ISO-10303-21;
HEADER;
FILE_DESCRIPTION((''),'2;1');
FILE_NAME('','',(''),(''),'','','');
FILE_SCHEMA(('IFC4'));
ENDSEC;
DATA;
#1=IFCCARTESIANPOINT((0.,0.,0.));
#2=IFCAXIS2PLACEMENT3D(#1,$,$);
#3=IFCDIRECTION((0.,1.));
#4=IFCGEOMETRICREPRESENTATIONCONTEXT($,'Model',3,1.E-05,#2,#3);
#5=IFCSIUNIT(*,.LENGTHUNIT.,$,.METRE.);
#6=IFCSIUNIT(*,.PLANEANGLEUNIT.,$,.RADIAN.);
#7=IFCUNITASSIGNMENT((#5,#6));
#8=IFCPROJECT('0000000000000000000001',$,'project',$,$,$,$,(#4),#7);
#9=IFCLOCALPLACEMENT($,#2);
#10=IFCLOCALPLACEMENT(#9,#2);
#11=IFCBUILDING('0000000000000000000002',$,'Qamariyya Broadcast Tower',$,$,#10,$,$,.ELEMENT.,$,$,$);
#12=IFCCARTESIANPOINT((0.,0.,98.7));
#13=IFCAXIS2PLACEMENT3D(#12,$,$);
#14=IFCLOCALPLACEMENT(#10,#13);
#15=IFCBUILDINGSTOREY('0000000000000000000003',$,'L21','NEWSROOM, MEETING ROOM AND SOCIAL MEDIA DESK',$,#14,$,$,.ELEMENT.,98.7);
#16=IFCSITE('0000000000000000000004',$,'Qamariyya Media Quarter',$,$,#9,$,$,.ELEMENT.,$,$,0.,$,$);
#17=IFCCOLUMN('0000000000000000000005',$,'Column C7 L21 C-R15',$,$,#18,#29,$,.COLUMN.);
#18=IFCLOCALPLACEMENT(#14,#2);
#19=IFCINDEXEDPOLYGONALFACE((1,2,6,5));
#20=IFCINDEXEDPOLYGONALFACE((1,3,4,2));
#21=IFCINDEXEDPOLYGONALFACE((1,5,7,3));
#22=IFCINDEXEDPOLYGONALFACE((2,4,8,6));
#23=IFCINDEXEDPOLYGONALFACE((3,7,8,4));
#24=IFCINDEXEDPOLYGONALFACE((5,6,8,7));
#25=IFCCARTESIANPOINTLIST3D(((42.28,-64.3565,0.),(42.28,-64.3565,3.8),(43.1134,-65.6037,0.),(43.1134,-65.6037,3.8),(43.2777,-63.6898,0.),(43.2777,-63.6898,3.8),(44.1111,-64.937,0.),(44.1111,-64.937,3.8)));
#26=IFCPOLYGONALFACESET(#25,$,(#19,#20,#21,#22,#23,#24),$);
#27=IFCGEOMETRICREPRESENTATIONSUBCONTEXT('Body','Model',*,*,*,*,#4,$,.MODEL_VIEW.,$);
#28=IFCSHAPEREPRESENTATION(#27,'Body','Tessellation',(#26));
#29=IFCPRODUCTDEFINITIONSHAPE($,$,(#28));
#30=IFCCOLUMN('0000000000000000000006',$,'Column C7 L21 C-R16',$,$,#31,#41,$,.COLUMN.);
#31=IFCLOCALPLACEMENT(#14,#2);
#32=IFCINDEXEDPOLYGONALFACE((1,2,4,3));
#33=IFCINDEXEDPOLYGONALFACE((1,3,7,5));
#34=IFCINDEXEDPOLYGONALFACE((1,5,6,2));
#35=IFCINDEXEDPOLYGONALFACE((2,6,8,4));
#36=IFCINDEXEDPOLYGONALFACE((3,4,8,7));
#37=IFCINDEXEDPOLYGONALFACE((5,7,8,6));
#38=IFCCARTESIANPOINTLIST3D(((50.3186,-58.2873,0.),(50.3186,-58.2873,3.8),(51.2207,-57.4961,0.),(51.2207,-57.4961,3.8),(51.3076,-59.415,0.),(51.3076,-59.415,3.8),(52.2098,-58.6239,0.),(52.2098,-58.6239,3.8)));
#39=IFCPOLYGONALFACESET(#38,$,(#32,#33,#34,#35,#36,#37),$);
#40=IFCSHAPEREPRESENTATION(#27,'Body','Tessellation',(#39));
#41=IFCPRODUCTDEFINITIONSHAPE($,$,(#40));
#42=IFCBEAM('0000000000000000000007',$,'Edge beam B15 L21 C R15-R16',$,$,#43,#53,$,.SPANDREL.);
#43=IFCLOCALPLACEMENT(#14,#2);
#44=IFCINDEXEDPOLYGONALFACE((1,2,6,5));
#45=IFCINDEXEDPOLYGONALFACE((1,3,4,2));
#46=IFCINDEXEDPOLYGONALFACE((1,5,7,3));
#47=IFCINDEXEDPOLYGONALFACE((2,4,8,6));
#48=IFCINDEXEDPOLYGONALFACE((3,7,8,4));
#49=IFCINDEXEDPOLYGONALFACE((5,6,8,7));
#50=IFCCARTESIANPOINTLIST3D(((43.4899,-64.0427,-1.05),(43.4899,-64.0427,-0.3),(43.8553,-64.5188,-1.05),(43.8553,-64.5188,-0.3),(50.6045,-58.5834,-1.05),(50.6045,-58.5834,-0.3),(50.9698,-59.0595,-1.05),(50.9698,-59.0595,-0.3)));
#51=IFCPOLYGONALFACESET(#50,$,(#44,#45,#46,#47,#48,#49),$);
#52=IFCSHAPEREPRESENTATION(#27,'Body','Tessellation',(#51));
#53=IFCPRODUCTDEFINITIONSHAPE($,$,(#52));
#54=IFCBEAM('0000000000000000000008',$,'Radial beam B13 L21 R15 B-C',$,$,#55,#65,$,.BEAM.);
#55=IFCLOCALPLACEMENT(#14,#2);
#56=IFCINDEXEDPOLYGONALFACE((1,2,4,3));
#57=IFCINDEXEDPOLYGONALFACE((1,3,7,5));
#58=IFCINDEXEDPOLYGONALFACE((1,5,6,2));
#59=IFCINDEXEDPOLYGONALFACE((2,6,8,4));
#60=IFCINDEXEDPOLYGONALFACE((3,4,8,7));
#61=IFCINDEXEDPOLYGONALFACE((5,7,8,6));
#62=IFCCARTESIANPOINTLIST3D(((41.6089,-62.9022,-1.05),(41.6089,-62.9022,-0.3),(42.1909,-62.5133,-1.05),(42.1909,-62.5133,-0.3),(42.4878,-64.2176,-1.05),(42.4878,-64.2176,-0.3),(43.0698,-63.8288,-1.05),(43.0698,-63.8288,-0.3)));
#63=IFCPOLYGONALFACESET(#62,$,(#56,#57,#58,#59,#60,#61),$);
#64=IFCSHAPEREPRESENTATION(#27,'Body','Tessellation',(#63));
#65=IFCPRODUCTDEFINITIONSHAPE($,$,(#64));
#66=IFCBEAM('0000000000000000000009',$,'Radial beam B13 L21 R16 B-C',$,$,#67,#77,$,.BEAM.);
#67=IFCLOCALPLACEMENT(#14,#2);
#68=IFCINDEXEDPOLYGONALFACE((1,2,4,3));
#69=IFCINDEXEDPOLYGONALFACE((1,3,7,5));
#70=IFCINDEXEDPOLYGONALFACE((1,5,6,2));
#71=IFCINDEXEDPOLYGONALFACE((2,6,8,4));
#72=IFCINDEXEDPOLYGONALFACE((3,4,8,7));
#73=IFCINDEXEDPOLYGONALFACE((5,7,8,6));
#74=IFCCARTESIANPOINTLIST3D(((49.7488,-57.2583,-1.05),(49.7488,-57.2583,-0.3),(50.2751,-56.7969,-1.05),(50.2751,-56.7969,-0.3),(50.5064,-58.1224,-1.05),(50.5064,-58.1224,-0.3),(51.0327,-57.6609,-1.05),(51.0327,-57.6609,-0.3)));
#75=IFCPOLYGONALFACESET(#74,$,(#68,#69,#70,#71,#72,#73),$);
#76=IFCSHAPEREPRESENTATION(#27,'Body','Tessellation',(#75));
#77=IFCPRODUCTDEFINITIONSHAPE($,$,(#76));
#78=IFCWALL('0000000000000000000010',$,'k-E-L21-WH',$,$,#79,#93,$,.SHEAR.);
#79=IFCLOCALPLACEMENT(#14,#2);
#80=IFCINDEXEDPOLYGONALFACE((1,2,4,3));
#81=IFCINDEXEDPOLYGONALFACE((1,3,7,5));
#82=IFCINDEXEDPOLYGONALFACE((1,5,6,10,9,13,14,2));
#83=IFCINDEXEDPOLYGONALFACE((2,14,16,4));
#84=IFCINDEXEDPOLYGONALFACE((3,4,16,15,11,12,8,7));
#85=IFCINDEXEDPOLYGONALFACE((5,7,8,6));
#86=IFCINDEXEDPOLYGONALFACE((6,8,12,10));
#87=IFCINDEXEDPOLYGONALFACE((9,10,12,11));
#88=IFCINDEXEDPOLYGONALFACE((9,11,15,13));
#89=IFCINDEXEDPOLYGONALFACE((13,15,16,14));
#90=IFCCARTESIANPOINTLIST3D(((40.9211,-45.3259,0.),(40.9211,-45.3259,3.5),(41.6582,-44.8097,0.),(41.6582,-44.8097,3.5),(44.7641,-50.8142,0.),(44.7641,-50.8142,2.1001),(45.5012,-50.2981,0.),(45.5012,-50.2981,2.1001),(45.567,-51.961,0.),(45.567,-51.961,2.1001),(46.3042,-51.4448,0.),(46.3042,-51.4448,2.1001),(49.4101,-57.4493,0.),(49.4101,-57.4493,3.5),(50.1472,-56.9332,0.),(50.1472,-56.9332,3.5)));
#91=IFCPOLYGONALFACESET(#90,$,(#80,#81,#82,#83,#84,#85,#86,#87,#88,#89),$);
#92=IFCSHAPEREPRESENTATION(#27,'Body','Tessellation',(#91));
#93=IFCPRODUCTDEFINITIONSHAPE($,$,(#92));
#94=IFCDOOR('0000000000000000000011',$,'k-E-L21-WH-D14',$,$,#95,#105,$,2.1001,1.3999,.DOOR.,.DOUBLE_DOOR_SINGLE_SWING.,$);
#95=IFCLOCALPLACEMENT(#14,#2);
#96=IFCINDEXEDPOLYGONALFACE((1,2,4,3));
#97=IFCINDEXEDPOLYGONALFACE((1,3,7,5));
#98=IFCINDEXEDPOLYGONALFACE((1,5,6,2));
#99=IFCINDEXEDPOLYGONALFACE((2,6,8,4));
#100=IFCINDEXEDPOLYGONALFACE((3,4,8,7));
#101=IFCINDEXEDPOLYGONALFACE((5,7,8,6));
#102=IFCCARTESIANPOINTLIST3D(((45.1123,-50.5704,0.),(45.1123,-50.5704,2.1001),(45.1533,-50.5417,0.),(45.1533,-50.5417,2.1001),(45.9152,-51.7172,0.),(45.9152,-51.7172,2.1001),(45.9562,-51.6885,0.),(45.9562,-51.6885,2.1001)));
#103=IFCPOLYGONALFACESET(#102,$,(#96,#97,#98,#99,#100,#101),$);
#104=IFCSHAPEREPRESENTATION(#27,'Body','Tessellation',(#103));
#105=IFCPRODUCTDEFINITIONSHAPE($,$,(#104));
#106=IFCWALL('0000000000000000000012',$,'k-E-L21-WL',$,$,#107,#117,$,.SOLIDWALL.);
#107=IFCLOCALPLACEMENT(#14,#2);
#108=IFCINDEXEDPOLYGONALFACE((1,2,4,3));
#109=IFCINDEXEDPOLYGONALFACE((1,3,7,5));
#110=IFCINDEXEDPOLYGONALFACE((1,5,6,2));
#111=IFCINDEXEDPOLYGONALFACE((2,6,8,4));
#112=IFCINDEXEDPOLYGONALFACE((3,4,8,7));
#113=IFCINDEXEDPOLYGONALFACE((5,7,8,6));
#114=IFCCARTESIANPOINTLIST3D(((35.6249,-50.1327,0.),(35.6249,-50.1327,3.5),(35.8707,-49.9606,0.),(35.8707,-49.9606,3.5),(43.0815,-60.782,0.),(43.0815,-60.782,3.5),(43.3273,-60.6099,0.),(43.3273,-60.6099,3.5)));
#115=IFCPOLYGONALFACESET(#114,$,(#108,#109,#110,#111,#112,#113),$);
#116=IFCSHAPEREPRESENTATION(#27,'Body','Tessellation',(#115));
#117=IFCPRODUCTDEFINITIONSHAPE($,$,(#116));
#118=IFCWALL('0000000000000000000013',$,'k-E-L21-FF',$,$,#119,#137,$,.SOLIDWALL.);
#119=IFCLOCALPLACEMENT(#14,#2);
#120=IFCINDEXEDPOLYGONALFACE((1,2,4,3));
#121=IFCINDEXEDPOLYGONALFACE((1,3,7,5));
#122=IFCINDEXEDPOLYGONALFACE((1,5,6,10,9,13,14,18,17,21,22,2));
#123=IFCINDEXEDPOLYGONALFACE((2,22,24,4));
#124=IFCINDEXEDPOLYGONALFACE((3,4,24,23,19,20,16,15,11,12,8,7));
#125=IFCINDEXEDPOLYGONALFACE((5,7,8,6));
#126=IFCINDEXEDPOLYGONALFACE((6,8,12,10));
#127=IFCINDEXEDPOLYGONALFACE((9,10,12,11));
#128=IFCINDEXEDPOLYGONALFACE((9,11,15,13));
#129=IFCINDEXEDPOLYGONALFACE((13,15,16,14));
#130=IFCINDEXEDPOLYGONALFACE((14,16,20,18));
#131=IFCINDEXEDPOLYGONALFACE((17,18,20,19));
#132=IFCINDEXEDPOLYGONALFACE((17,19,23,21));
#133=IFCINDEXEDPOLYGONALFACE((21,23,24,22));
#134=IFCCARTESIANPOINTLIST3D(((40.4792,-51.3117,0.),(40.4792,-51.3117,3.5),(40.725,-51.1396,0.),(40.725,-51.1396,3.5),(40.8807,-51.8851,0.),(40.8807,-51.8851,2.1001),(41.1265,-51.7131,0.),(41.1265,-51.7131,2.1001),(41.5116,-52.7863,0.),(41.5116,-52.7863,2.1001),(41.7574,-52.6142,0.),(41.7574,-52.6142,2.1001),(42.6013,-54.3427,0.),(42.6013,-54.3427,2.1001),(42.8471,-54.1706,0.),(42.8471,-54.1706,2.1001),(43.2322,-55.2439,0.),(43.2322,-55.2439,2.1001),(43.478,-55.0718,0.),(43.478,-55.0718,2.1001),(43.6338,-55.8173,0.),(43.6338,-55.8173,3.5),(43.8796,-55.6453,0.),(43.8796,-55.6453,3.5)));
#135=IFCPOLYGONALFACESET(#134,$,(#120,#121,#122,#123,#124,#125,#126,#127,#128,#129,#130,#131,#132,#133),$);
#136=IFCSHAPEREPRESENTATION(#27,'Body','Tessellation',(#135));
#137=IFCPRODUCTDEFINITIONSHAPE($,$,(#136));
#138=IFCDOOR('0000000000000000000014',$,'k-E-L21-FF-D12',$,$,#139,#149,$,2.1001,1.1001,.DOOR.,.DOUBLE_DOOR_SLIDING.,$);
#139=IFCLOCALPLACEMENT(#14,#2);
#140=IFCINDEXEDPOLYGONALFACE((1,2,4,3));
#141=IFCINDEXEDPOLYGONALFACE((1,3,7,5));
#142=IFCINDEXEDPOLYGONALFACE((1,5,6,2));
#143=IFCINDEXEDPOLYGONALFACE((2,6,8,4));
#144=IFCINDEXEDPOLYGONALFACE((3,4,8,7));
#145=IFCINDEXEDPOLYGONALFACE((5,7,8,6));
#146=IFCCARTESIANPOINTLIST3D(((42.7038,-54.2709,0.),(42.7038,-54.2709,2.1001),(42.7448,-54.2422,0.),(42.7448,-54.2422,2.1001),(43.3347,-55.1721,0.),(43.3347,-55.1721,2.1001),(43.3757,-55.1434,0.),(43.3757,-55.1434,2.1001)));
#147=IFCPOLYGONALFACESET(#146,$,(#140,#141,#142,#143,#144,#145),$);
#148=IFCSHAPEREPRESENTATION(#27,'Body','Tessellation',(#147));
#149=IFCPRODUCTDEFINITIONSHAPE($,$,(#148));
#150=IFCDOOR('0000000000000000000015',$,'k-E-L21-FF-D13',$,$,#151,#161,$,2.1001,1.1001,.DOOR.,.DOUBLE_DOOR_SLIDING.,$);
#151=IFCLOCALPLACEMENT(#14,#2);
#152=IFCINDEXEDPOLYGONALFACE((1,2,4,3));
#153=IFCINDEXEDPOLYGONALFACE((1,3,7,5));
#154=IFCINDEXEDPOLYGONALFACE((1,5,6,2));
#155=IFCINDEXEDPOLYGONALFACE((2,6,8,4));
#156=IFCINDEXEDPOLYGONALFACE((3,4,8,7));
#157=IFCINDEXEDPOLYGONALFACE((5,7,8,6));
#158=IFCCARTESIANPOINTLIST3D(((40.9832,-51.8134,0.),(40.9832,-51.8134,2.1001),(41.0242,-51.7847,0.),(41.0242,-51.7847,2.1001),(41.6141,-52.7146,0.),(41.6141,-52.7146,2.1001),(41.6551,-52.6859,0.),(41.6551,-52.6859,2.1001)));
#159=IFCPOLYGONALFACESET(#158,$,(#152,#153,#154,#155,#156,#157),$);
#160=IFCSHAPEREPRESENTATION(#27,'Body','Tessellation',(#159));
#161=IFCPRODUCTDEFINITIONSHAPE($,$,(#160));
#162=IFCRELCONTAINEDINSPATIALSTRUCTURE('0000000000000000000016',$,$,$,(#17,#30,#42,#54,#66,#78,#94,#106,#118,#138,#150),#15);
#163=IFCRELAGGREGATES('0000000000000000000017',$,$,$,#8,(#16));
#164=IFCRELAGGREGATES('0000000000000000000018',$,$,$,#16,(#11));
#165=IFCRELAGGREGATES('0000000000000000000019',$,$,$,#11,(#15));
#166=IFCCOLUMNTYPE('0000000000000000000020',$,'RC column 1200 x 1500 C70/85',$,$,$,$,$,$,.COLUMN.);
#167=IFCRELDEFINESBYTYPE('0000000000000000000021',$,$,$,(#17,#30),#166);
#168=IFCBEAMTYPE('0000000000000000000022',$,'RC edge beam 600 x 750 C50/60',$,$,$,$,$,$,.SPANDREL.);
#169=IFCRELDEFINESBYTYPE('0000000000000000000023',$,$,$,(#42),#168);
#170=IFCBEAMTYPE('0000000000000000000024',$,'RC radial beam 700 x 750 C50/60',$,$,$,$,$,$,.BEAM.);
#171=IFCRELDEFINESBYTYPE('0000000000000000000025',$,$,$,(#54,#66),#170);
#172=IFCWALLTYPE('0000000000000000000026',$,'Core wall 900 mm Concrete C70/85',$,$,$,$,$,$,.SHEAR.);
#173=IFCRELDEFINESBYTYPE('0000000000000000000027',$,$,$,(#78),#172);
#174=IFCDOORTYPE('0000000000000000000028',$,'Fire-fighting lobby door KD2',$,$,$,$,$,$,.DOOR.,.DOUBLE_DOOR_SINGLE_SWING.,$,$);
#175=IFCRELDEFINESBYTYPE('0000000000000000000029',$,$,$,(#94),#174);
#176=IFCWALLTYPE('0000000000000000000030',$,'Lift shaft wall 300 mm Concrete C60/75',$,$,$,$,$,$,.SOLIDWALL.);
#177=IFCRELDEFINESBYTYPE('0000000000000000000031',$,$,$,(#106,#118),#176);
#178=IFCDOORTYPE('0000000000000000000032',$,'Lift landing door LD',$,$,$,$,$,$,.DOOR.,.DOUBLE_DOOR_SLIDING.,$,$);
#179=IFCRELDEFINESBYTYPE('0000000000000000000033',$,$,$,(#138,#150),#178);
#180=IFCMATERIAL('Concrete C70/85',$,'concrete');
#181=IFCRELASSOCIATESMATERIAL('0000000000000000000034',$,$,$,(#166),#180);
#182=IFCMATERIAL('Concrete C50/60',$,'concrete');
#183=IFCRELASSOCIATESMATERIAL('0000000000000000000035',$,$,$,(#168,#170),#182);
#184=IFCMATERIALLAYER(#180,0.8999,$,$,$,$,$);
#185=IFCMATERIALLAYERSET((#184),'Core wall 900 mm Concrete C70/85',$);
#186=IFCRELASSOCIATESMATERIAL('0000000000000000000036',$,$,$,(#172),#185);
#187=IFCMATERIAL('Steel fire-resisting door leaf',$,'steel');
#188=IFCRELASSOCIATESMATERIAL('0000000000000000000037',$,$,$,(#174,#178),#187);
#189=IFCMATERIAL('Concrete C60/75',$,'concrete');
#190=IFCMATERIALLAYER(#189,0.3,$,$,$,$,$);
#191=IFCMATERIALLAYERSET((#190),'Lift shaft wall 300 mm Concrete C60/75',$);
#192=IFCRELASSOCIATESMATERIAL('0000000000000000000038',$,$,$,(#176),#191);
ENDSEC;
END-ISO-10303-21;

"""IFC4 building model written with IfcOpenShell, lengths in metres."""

from ifc_helpers import new_model, si_unit, direction, frame, frame_2d, origin, origin_2d, place, context, subcontext, project, spatial, rectangle, extrude, material, layer, layer_set, material_profile, profile_set, type_object, element, fill, save


model = new_model("IFC4")

# Units and contexts
model_context = context("Model", 3, precision=1e-05, world=origin(), true_north=direction((0.0, 1.0)))
body_context = subcontext(model_context, "Body", "Model", "MODEL_VIEW")
ifc_project = project(units=[si_unit("LENGTHUNIT", "METRE"), si_unit("PLANEANGLEUNIT", "RADIAN")], contexts=[model_context])

# Site, building, storey
site_placement = place(None, origin())
site = spatial("IfcSite", under=ifc_project, at=site_placement, Name="Qamariyya Media Quarter", CompositionType="ELEMENT", RefElevation=0.0)
building_placement = place(site_placement, origin())
building = spatial("IfcBuilding", under=site, at=building_placement, Name="Qamariyya Broadcast Tower", CompositionType="ELEMENT")
storey_placement = place(building_placement, frame((0.0, 0.0, 98.7)))
storey = spatial("IfcBuildingStorey", under=building, at=storey_placement, Name="L21", Description="NEWSROOM, MEETING ROOM AND SOCIAL MEDIA DESK", CompositionType="ELEMENT", Elevation=98.7)

# Columns
ifc_material_1 = material(Name="Concrete C70/85", Category="concrete")
ifc_material_profile_1 = material_profile(ifc_material_1, rectangle(XDim=1.2, YDim=1.5, at=origin_2d()))
ifc_profile_set_1 = profile_set([ifc_material_profile_1], Name="Concrete C70/85")
column_type = type_object("IfcColumnType", Name="RC column 1200 x 1500 C70/85", PredefinedType="COLUMN", material=ifc_profile_set_1)
for number, where, z_axis, x_axis, name in (
    (1, (43.1956, -64.6467, 0.0), (0.0, 0.0, 1.0), (0.83147, 0.55557, 0.0), "Column C7 L21 C-R15"),
    (2, (51.2642, -58.4556, 0.0), (0.0, 0.0, 1.0), (0.75184, 0.659346, 0.0), "Column C7 L21 C-R16"),
):
    element("IfcColumn", number, at=place(storey_placement, frame(where, z_axis=z_axis, x_axis=x_axis)), inside=storey, type_object=column_type, Name=name, PredefinedType="COLUMN", context=body_context, shape_type="SweptSolid", body=[
        extrude(rectangle(XDim=1.2, YDim=1.5, at=origin_2d()), origin(), (0.0, 0.0, 1.0), 3.8),
    ])

# Beams
ifc_material_2 = material(Name="Concrete C50/60", Category="concrete")
ifc_material_profile_2 = material_profile(ifc_material_2, rectangle(XDim=0.6001, YDim=0.75, at=origin_2d()))
ifc_profile_set_2 = profile_set([ifc_material_profile_2], Name="Concrete C50/60")
beam_type_1 = type_object("IfcBeamType", Name="RC edge beam 600 x 750 C50/60", PredefinedType="SPANDREL", material=ifc_profile_set_2)
beam_1_placement = place(storey_placement, frame((43.6726, -64.2808, -0.675), z_axis=(0.793349, 0.608767, 0.0), x_axis=(-0.608767, 0.793349, 0.0)))
element("IfcBeam", 3, at=beam_1_placement, inside=storey, type_object=beam_type_1, Name="Edge beam B15 L21 C R15-R16", PredefinedType="SPANDREL", context=body_context, shape_type="SweptSolid", body=[
    extrude(rectangle(XDim=0.6001, YDim=0.75, at=origin_2d()), origin(), (0.0, 0.0, 1.0), 8.9678),
])
ifc_material_profile_3 = material_profile(ifc_material_2, rectangle(XDim=0.7, YDim=0.75, at=origin_2d()))
ifc_profile_set_3 = profile_set([ifc_material_profile_3], Name="Concrete C50/60")
beam_type_2 = type_object("IfcBeamType", Name="RC radial beam 700 x 750 C50/60", PredefinedType="BEAM", material=ifc_profile_set_3)
beam_2_placement = place(storey_placement, frame((41.8999, -62.7078, -0.675), z_axis=(0.555555, -0.83148, 0.0), x_axis=(0.83148, 0.555555, 0.0)))
element("IfcBeam", 4, at=beam_2_placement, inside=storey, type_object=beam_type_2, Name="Radial beam B13 L21 R15 B-C", PredefinedType="BEAM", context=body_context, shape_type="SweptSolid", body=[
    extrude(rectangle(XDim=0.7, YDim=0.75, at=origin_2d()), origin(), (0.0, 0.0, 1.0), 1.582),
])
beam_3_placement = place(storey_placement, frame((50.012, -57.0276, -0.675), z_axis=(0.659271, -0.751905, 0.0), x_axis=(0.751905, 0.659271, 0.0)))
element("IfcBeam", 5, at=beam_3_placement, inside=storey, type_object=beam_type_2, Name="Radial beam B13 L21 R16 B-C", PredefinedType="BEAM", context=body_context, shape_type="SweptSolid", body=[
    extrude(rectangle(XDim=0.7, YDim=0.75, at=origin_2d()), origin(), (0.0, 0.0, 1.0), 1.1492),
])

# Wall, opening, door
ifc_layer_1 = layer(ifc_material_1, 0.8999)
ifc_layer_set_1 = layer_set([ifc_layer_1], Name="Core wall 900 mm Concrete C70/85")
wall_type_1 = type_object("IfcWallType", Name="Core wall 900 mm Concrete C70/85", PredefinedType="SHEAR", material=ifc_layer_set_1)
wall_1_placement = place(storey_placement, frame((49.7786, -57.1912, 0.0), z_axis=(0.0, 0.0, 1.0), x_axis=(-0.573577, 0.819151, 0.0)))
wall_1 = element("IfcWall", 6, at=wall_1_placement, inside=storey, type_object=wall_type_1, Name="k-E-L21-WH", PredefinedType="SHEAR", context=body_context, shape_type="SweptSolid", body=[
    extrude(rectangle(XDim=14.8, YDim=0.8999, at=frame_2d((7.3999, 0.0))), origin(), (0.0, 0.0, 1.0), 3.5),
])
opening_1_placement = place(wall_1_placement, frame((6.7, 0.0, 0.0)))
opening_1 = element("IfcOpeningElement", 7, at=opening_1_placement, cuts=wall_1, PredefinedType="OPENING", context=body_context, shape_type="SweptSolid", body=[
    extrude(rectangle(XDim=1.3999, YDim=2.1001, at=frame_2d((0.7, 1.05))), frame((0.0, 0.46, 0.0), z_axis=(0.0, -1.0, 0.0), x_axis=(1.0, 0.0, 0.0)), (0.0, 0.0, 1.0), 0.9199),
])
ifc_material_3 = material(Name="Steel fire-resisting door leaf", Category="steel")
door_type_1 = type_object("IfcDoorType", Name="Fire-fighting lobby door KD2", OperationType="DOUBLE_DOOR_SINGLE_SWING", PredefinedType="DOOR", material=ifc_material_3)
door_1_placement = place(opening_1_placement, origin())
door_1 = element("IfcDoor", 8, at=door_1_placement, inside=storey, type_object=door_type_1, Name="k-E-L21-WH-D14", OperationType="DOUBLE_DOOR_SINGLE_SWING", OverallHeight=2.1001, OverallWidth=1.3999, PredefinedType="DOOR", context=body_context, shape_type="SweptSolid", body=[
    extrude(rectangle(XDim=1.3999, YDim=2.1001, at=frame_2d((0.7, 1.05))), frame((0.0, 0.0249, 0.0), z_axis=(0.0, -1.0, 0.0), x_axis=(1.0, 0.0, 0.0)), (0.0, 0.0, 1.0), 0.05),
])
fill(opening_1, door_1)

# Wall
ifc_material_4 = material(Name="Concrete C60/75", Category="concrete")
ifc_layer_2 = layer(ifc_material_4, 0.3)
ifc_layer_set_2 = layer_set([ifc_layer_2], Name="Lift shaft wall 300 mm Concrete C60/75")
wall_type_2 = type_object("IfcWallType", Name="Lift shaft wall 300 mm Concrete C60/75", PredefinedType="SOLIDWALL", material=ifc_layer_set_2)
wall_2_placement = place(storey_placement, frame((43.2043, -60.6958, 0.0), z_axis=(0.0, 0.0, 1.0), x_axis=(-0.573572, 0.819155, 0.0)))
element("IfcWall", 9, at=wall_2_placement, inside=storey, type_object=wall_type_2, Name="k-E-L21-WL", PredefinedType="SOLIDWALL", context=body_context, shape_type="SweptSolid", body=[
    extrude(rectangle(XDim=13.0002, YDim=0.3, at=frame_2d((6.5, 0.0))), origin(), (0.0, 0.0, 1.0), 3.5),
])

# Wall, openings, doors
wall_3_placement = place(storey_placement, frame((43.7566, -55.7312, 0.0), z_axis=(0.0, 0.0, 1.0), x_axis=(-0.573537, 0.81918, 0.0)))
wall_3 = element("IfcWall", 10, at=wall_3_placement, inside=storey, type_object=wall_type_2, Name="k-E-L21-FF", PredefinedType="SOLIDWALL", context=body_context, shape_type="SweptSolid", body=[
    extrude(rectangle(XDim=5.5002, YDim=0.3, at=frame_2d((2.75, 0.0))), origin(), (0.0, 0.0, 1.0), 3.5),
])
opening_2_placement = place(wall_3_placement, frame((0.7, 0.0, 0.0)))
opening_2 = element("IfcOpeningElement", 11, at=opening_2_placement, cuts=wall_3, PredefinedType="OPENING", context=body_context, shape_type="SweptSolid", body=[
    extrude(rectangle(XDim=1.1001, YDim=2.1001, at=frame_2d((0.55, 1.05))), frame((0.0, 0.1599, 0.0), z_axis=(0.0, -1.0, 0.0), x_axis=(1.0, 0.0, 0.0)), (0.0, 0.0, 1.0), 0.3201),
])
opening_3_placement = place(wall_3_placement, frame((3.7, 0.0, 0.0)))
opening_3 = element("IfcOpeningElement", 12, at=opening_3_placement, cuts=wall_3, PredefinedType="OPENING", context=body_context, shape_type="SweptSolid", body=[
    extrude(rectangle(XDim=1.1001, YDim=2.1001, at=frame_2d((0.55, 1.05))), frame((0.0, 0.1599, 0.0), z_axis=(0.0, -1.0, 0.0), x_axis=(1.0, 0.0, 0.0)), (0.0, 0.0, 1.0), 0.3201),
])
door_type_2 = type_object("IfcDoorType", Name="Lift landing door LD", OperationType="DOUBLE_DOOR_SLIDING", PredefinedType="DOOR", material=ifc_material_3)
door_2_placement = place(opening_2_placement, origin())
door_2 = element("IfcDoor", 13, at=door_2_placement, inside=storey, type_object=door_type_2, Name="k-E-L21-FF-D12", OperationType="DOUBLE_DOOR_SLIDING", OverallHeight=2.1001, OverallWidth=1.1001, PredefinedType="DOOR", context=body_context, shape_type="SweptSolid", body=[
    extrude(rectangle(XDim=1.1001, YDim=2.1001, at=frame_2d((0.55, 1.05))), frame((0.0, 0.0249, 0.0), z_axis=(0.0, -1.0, 0.0), x_axis=(1.0, 0.0, 0.0)), (0.0, 0.0, 1.0), 0.05),
])
fill(opening_2, door_2)
door_3_placement = place(opening_3_placement, origin())
door_3 = element("IfcDoor", 14, at=door_3_placement, inside=storey, type_object=door_type_2, Name="k-E-L21-FF-D13", OperationType="DOUBLE_DOOR_SLIDING", OverallHeight=2.1001, OverallWidth=1.1001, PredefinedType="DOOR", context=body_context, shape_type="SweptSolid", body=[
    extrude(rectangle(XDim=1.1001, YDim=2.1001, at=frame_2d((0.55, 1.05))), frame((0.0, 0.0249, 0.0), z_axis=(0.0, -1.0, 0.0), x_axis=(1.0, 0.0, 0.0)), (0.0, 0.0, 1.0), 0.05),
])
fill(opening_3, door_3)

save(model, "model.ifc")
